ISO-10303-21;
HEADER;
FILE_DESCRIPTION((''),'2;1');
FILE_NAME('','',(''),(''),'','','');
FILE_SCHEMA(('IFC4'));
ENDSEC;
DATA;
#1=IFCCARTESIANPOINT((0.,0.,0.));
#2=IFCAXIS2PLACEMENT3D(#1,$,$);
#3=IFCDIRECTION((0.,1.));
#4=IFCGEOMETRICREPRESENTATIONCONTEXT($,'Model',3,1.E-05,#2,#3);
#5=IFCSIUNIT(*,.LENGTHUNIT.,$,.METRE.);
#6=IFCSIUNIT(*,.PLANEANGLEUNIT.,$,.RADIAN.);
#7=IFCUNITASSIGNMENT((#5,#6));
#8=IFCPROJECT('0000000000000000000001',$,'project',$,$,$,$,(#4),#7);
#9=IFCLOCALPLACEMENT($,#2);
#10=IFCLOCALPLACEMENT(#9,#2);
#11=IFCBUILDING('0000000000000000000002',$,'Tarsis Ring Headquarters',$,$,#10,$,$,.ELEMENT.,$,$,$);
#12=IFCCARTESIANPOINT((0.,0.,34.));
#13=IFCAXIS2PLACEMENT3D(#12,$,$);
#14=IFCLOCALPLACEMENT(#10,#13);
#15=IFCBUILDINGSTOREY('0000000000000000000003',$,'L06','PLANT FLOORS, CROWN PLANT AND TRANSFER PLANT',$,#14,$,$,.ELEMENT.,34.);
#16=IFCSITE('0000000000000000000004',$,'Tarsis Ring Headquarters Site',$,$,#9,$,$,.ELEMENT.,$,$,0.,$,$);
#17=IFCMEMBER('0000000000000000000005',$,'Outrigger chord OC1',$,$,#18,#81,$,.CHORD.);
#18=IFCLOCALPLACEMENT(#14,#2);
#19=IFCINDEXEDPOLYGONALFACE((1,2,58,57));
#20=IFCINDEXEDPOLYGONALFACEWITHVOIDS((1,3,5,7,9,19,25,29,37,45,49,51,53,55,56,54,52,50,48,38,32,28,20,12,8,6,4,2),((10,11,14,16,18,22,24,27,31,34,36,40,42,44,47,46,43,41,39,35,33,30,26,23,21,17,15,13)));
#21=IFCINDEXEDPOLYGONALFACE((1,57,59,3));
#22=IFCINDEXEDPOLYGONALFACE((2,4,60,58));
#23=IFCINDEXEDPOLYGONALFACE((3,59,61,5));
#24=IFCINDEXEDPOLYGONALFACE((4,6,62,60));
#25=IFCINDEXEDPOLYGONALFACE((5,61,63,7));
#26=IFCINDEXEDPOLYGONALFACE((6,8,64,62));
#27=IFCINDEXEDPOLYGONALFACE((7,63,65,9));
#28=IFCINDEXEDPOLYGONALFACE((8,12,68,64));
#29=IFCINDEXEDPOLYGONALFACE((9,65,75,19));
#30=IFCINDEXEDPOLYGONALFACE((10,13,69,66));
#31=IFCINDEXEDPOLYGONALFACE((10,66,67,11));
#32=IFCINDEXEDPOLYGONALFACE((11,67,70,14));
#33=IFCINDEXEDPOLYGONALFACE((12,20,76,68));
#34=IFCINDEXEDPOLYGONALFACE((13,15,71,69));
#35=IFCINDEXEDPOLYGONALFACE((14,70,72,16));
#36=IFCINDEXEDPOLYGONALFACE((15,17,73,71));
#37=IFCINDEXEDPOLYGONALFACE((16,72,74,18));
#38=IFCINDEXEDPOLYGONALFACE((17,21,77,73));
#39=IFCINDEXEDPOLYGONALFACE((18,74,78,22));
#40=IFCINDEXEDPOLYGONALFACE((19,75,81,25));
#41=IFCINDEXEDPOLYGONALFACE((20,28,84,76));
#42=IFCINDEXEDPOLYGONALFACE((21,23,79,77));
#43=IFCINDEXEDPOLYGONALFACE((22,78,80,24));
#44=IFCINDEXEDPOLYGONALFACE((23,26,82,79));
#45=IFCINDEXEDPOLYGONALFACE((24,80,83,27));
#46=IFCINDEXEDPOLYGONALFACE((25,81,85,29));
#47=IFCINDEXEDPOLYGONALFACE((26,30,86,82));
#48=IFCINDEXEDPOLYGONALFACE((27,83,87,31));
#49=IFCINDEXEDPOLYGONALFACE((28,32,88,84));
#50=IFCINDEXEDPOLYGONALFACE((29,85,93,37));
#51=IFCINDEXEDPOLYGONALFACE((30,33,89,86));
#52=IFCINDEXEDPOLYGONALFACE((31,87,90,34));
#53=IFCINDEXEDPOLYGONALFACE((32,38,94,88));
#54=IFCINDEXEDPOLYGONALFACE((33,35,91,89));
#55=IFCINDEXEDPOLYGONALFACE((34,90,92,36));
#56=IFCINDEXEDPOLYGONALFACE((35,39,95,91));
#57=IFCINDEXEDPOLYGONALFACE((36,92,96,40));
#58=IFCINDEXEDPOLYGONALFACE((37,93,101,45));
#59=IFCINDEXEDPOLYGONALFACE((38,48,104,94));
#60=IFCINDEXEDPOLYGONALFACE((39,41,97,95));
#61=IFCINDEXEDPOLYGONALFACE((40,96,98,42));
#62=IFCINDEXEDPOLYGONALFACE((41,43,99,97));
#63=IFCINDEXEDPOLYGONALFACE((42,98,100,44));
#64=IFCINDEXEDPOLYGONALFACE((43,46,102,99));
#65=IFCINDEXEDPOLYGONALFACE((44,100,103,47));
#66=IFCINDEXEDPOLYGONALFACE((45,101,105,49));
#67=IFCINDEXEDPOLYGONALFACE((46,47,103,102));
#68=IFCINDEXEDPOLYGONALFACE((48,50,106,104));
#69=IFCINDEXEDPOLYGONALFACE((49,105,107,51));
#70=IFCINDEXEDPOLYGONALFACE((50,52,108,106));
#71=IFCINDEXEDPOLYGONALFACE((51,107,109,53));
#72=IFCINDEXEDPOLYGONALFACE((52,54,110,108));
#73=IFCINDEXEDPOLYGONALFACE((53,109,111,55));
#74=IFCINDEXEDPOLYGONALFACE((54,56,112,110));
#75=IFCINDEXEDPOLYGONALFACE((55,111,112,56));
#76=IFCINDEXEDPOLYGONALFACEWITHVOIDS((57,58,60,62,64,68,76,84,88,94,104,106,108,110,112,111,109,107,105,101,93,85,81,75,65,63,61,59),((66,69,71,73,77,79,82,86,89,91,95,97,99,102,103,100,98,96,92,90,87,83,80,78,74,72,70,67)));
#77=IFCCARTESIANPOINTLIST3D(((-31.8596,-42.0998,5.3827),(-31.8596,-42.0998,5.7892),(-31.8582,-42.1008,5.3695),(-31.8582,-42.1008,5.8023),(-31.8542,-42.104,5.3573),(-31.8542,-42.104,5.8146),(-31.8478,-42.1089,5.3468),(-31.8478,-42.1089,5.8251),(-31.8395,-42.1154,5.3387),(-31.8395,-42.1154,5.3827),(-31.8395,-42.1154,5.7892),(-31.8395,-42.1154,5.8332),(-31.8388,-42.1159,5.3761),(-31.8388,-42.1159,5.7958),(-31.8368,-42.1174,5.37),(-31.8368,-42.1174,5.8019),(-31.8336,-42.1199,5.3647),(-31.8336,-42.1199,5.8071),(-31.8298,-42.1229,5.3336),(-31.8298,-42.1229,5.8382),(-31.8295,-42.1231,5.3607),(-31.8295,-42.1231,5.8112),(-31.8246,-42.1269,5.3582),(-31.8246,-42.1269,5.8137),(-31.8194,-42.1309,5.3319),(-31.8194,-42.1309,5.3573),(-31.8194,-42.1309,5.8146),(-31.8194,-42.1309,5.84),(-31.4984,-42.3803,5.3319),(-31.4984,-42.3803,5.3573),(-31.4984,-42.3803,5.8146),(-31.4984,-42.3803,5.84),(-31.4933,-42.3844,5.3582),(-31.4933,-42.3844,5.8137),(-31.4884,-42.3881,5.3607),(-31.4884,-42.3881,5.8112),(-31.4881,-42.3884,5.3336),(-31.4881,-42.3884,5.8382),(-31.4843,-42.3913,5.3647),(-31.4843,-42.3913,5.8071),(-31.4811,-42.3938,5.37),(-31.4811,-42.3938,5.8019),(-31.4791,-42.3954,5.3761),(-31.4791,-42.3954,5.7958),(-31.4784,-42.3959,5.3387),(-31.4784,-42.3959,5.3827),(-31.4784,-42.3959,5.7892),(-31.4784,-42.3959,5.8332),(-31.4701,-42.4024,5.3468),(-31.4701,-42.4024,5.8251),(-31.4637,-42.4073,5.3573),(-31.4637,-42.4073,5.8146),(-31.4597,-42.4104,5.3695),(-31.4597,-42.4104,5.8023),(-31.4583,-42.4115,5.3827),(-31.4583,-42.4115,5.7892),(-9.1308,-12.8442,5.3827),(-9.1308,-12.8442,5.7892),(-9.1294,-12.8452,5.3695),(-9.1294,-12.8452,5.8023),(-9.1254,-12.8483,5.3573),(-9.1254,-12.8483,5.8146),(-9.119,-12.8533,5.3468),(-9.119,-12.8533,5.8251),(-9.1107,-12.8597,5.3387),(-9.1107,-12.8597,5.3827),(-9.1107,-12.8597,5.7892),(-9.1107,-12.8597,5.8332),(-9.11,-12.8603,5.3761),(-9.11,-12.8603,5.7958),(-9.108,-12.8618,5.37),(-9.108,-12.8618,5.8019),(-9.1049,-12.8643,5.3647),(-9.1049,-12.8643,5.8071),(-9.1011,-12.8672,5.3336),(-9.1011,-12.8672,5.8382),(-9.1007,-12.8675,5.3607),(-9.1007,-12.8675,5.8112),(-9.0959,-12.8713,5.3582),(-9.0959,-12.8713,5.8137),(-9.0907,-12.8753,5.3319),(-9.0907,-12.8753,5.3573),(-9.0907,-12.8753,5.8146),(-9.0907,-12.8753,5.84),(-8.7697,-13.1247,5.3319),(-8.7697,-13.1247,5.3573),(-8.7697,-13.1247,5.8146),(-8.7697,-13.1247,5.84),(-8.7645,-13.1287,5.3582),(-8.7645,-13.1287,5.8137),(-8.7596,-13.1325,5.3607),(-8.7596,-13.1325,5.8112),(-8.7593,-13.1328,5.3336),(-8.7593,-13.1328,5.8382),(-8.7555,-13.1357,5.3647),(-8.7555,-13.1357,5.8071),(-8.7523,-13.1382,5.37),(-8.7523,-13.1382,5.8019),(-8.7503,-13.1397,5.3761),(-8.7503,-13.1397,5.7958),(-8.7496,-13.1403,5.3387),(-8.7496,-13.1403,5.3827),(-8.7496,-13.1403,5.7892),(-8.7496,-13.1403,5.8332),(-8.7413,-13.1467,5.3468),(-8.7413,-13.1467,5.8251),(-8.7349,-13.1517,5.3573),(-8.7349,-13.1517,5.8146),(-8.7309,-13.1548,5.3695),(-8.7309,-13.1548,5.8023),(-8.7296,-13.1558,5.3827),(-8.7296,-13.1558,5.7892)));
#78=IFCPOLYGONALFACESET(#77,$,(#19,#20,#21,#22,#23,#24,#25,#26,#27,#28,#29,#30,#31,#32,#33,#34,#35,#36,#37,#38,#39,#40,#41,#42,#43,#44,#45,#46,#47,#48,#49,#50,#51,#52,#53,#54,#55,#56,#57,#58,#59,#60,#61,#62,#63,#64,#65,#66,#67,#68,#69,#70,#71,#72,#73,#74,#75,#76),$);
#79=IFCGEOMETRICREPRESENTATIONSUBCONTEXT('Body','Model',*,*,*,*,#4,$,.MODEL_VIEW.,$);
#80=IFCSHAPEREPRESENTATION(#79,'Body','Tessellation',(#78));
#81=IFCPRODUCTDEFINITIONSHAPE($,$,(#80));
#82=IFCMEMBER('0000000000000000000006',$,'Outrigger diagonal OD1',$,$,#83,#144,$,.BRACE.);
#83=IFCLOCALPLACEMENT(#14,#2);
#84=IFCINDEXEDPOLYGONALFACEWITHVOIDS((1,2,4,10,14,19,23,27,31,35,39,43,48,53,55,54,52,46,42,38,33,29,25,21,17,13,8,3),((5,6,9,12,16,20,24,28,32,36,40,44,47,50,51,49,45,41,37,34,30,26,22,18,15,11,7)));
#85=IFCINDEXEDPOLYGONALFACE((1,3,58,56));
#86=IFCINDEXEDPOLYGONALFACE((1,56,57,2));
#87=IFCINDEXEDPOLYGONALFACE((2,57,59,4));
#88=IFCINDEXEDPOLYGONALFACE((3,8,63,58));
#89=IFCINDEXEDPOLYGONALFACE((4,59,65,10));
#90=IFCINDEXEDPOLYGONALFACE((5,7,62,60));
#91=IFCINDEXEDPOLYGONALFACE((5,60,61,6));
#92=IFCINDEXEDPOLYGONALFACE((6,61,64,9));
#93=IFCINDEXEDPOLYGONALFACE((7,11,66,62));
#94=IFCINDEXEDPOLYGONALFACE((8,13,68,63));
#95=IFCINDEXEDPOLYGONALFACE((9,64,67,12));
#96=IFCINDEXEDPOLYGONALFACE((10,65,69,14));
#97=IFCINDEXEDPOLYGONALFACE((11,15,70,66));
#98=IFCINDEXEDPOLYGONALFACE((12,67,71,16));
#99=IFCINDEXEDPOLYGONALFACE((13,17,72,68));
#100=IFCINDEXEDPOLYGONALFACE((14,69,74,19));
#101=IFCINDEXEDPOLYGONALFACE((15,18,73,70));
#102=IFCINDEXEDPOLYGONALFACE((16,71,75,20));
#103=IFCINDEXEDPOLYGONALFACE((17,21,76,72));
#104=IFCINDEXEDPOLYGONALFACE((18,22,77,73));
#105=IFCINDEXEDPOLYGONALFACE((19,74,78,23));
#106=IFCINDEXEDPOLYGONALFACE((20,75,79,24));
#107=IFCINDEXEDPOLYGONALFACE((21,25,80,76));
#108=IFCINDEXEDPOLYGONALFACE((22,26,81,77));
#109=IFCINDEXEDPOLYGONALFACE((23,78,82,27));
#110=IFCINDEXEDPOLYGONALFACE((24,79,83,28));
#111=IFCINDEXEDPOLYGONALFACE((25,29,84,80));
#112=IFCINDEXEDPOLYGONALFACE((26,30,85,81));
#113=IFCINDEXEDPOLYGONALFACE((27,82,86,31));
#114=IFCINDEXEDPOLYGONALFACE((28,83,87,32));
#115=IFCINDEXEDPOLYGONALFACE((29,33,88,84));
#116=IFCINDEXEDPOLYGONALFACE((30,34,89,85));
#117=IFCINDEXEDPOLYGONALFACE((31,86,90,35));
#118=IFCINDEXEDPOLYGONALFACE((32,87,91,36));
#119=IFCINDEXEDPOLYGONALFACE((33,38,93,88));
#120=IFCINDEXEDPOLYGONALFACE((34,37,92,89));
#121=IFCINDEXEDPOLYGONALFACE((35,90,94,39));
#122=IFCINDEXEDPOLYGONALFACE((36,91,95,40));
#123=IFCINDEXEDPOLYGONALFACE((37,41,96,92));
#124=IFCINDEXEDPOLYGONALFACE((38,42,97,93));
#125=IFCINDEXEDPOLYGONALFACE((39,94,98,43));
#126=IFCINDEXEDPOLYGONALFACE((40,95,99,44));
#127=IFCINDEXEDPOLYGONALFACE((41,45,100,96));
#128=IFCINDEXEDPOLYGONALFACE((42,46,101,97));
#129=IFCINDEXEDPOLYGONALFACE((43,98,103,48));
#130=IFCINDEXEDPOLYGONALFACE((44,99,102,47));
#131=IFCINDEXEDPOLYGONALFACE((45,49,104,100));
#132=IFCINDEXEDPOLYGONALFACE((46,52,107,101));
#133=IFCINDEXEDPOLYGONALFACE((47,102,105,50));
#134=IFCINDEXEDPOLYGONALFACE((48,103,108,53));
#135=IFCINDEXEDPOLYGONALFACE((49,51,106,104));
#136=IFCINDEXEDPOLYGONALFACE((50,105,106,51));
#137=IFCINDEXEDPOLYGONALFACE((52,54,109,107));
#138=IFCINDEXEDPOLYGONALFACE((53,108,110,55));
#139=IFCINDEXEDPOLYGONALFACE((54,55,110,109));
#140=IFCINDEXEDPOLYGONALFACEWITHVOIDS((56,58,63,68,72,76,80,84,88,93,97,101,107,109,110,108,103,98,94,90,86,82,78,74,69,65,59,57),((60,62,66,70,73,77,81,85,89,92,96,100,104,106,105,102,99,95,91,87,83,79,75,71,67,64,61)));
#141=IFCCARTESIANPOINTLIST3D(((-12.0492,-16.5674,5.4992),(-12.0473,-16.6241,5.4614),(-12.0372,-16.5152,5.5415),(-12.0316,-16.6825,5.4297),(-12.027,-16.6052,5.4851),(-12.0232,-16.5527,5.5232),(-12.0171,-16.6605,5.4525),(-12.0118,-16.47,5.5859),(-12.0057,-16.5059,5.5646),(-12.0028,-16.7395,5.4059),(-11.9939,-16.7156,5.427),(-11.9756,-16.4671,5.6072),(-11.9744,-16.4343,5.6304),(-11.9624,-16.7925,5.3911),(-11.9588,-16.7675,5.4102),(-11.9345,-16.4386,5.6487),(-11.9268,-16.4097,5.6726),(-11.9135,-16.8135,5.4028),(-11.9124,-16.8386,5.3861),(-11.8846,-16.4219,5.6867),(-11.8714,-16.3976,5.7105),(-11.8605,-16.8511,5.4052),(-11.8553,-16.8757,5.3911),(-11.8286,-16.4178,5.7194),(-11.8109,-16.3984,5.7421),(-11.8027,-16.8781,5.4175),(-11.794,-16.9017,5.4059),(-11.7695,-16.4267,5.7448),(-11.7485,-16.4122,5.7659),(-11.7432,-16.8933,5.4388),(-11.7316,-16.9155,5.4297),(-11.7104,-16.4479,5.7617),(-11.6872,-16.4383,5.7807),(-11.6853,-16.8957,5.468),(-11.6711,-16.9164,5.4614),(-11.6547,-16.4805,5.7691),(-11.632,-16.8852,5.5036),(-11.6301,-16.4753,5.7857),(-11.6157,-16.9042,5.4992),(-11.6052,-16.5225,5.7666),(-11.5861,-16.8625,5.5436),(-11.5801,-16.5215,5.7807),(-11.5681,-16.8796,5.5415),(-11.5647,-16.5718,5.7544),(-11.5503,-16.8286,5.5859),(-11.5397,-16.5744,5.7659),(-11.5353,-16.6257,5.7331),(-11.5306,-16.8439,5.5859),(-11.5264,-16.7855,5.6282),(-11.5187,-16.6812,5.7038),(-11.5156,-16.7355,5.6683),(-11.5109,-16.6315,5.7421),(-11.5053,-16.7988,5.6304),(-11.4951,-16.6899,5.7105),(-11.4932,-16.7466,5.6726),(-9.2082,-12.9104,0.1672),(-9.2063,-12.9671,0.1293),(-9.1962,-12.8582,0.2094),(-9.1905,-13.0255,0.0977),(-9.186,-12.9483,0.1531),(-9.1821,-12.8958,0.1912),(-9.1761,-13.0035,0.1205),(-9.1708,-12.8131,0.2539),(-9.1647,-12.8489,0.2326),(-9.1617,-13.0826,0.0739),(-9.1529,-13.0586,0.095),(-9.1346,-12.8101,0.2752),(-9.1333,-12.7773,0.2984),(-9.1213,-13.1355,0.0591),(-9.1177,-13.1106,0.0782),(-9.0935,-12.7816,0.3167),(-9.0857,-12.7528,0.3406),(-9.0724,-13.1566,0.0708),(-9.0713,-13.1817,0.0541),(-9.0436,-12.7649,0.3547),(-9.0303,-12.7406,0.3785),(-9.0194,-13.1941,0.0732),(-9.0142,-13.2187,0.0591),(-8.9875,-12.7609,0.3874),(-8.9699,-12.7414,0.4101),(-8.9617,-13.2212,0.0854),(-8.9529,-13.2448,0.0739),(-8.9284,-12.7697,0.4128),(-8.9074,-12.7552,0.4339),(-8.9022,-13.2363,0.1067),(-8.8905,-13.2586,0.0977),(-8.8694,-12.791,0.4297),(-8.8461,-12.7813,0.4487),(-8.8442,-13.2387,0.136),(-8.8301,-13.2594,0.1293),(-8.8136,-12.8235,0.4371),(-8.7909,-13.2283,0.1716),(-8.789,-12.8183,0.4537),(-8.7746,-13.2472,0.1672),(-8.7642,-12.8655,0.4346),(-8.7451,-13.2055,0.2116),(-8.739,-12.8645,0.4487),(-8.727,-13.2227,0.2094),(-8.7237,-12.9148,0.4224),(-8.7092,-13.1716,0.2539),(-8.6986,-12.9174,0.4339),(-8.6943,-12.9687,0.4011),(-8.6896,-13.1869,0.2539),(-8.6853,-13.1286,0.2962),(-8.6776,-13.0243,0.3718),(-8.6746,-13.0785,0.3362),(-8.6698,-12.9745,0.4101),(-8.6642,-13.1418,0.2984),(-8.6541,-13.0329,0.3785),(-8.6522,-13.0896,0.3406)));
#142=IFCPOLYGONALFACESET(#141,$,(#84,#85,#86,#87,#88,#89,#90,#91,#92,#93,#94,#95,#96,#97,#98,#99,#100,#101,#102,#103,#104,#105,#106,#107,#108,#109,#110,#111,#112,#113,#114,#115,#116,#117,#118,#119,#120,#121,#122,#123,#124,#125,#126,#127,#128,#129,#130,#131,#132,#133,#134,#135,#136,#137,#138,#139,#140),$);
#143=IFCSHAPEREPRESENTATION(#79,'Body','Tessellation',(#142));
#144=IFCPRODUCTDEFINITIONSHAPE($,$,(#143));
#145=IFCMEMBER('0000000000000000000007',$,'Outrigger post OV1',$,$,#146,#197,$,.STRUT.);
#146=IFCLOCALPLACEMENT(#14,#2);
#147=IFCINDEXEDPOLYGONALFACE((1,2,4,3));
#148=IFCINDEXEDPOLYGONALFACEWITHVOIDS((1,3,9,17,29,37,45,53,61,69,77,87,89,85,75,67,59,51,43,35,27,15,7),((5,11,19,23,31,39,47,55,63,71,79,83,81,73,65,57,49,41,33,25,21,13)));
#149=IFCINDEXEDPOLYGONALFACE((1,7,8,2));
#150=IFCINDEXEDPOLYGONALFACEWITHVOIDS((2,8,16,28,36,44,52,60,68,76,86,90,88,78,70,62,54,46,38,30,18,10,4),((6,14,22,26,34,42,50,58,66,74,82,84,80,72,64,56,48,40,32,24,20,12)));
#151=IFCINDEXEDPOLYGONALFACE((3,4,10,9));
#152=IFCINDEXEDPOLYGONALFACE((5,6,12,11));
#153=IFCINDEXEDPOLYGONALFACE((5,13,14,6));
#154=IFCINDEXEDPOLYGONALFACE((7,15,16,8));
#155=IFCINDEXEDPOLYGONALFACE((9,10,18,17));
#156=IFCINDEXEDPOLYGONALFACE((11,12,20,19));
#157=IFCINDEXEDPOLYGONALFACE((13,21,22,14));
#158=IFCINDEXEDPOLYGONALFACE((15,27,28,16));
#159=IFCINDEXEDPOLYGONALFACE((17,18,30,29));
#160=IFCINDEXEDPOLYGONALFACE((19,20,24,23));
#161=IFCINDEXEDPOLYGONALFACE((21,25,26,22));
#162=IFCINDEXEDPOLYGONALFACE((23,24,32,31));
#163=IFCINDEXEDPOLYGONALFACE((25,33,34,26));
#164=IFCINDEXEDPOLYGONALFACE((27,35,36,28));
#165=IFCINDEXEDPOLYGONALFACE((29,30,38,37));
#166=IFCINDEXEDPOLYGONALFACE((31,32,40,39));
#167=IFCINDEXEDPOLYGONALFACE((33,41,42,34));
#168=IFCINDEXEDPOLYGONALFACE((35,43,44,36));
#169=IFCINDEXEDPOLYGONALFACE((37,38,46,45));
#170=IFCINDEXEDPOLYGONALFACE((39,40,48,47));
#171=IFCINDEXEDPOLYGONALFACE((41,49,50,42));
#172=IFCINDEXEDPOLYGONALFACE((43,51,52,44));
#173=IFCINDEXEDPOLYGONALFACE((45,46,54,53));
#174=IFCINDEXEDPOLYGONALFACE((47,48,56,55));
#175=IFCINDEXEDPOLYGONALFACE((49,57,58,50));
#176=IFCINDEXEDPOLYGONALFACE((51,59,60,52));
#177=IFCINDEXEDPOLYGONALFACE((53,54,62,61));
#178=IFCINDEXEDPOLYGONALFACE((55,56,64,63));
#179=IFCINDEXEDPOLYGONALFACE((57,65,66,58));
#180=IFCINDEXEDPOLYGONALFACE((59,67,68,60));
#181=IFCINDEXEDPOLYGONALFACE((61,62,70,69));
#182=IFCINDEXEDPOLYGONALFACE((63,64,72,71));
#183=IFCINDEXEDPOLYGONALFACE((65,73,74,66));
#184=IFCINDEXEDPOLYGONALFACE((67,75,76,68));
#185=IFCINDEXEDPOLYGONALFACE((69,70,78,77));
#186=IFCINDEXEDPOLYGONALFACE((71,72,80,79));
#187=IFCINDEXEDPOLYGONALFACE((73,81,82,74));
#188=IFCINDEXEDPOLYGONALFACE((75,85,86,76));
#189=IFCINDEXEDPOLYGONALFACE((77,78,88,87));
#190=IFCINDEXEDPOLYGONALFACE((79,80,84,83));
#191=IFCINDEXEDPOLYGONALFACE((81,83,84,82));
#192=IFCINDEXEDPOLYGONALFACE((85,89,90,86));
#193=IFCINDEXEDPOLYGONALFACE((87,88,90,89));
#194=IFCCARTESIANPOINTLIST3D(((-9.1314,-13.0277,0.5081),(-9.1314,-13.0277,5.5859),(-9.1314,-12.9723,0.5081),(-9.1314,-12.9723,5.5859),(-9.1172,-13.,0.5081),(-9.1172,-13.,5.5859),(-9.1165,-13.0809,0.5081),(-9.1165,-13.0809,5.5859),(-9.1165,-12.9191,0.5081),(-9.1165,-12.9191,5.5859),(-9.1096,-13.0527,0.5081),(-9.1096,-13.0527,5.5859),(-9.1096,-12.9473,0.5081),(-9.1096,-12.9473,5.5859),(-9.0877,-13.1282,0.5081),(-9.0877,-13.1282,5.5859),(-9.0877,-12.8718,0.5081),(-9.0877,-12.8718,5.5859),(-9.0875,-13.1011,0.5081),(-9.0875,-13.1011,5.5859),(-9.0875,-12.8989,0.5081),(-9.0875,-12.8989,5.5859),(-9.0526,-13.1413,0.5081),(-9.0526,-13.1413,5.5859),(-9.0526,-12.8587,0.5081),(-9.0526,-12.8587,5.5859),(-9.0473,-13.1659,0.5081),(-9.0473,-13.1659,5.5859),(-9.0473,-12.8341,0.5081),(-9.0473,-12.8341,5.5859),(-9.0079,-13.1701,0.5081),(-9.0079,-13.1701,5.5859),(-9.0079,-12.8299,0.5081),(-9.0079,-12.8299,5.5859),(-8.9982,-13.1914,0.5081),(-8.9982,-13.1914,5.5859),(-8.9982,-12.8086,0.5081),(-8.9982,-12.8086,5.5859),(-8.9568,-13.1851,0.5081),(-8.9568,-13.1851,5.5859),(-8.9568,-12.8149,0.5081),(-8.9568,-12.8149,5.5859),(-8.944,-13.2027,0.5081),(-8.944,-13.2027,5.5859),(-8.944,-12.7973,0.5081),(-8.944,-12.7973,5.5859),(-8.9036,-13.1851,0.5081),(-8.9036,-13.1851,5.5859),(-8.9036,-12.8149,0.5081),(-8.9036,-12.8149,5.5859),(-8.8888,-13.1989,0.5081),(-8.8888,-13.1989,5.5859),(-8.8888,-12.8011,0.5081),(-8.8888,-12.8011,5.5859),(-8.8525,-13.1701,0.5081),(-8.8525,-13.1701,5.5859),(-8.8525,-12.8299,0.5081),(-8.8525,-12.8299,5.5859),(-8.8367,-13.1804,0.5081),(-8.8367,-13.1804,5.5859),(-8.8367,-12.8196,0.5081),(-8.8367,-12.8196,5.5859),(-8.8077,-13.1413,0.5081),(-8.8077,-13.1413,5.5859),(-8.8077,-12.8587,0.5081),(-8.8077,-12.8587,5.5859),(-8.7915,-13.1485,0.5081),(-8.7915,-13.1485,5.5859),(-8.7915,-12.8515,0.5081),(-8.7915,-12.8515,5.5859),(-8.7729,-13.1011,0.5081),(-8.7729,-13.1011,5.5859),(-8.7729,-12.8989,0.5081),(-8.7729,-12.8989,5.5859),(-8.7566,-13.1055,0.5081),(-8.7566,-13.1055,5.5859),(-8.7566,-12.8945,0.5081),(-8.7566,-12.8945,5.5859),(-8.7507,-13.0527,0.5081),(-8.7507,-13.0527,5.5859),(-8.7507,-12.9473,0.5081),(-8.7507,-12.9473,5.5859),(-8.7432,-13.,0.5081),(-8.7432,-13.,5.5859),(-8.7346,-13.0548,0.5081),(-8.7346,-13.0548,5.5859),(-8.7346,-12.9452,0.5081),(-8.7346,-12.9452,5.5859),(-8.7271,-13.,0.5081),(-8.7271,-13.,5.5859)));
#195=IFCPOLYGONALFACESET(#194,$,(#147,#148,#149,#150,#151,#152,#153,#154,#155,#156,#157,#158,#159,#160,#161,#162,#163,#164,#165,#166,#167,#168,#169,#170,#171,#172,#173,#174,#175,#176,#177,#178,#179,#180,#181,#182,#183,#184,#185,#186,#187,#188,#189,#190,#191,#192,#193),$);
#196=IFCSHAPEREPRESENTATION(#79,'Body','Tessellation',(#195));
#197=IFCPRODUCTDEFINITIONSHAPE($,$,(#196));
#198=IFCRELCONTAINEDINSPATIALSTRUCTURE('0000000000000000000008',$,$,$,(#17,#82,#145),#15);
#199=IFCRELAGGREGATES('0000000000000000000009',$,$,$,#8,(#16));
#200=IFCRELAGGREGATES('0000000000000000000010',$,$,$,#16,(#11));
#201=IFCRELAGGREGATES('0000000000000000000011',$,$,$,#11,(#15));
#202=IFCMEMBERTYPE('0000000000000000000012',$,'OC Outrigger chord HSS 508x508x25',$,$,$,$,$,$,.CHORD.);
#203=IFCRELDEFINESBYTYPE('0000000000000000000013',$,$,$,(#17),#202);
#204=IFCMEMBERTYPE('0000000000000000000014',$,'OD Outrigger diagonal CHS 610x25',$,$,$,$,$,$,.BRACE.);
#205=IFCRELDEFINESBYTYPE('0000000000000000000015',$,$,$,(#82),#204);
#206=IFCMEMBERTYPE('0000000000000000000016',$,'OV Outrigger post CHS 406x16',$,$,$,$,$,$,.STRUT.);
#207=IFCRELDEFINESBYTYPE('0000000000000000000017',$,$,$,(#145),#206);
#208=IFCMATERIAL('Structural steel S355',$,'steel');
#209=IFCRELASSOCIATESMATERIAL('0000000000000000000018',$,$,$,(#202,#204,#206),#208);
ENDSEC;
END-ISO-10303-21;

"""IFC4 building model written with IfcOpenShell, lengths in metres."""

from ifc_helpers import new_model, si_unit, direction, frame, origin, origin_2d, place, context, subcontext, project, spatial, hollow_rectangle, hollow_circle, extrude, material, material_profile, profile_set, type_object, element, save


model = new_model("IFC4")

# Units and contexts
model_context = context("Model", 3, precision=1e-05, world=origin(), true_north=direction((0.0, 1.0)))
body_context = subcontext(model_context, "Body", "Model", "MODEL_VIEW")
ifc_project = project(units=[si_unit("LENGTHUNIT", "METRE"), si_unit("PLANEANGLEUNIT", "RADIAN")], contexts=[model_context])

# Site, building, storey
site_placement = place(None, origin())
site = spatial("IfcSite", under=ifc_project, at=site_placement, Name="Tarsis Ring Headquarters Site", CompositionType="ELEMENT", RefElevation=0.0)
building_placement = place(site_placement, origin())
building = spatial("IfcBuilding", under=site, at=building_placement, Name="Tarsis Ring Headquarters", CompositionType="ELEMENT")
storey_placement = place(building_placement, frame((0.0, 0.0, 34.0)))
storey = spatial("IfcBuildingStorey", under=building, at=storey_placement, Name="L06", Description="PLANT FLOORS, CROWN PLANT AND TRANSFER PLANT", CompositionType="ELEMENT", Elevation=34.0)

# Shared definitions
ifc_material_1 = material(Name="Structural steel S355", Category="steel")

# Members
ifc_material_profile_1 = material_profile(ifc_material_1, hollow_rectangle(XDim=0.5081, YDim=0.5081, WallThickness=0.0254, InnerFilletRadius=0.0254, OuterFilletRadius=0.0508, at=origin_2d()), Name="HSS 508x508x25")
ifc_profile_set_1 = profile_set([ifc_material_profile_1], Name="Structural steel S355")
member_type_1 = type_object("IfcMemberType", Name="OC Outrigger chord HSS 508x508x25", PredefinedType="CHORD", material=ifc_profile_set_1)
member_1_placement = place(storey_placement, frame((-8.9302, -13.0, 5.5859), z_axis=(-0.61351, -0.789687, 0.0), x_axis=(0.789687, -0.61351, 0.0)))
element("IfcMember", 1, at=member_1_placement, inside=storey, type_object=member_type_1, Name="Outrigger chord OC1", PredefinedType="CHORD", context=body_context, shape_type="SweptSolid", body=[
    extrude(hollow_rectangle(XDim=0.5081, YDim=0.5081, WallThickness=0.0254, InnerFilletRadius=0.0254, OuterFilletRadius=0.0508, at=origin_2d()), origin(), (0.0, 0.0, 1.0), 37.0471),
])
ifc_material_profile_2 = material_profile(ifc_material_1, hollow_circle(Radius=0.3047, WallThickness=0.0249, at=origin_2d()), Name="CHS 610x25")
ifc_profile_set_2 = profile_set([ifc_material_profile_2], Name="Structural steel S355")
member_type_2 = type_object("IfcMemberType", Name="OD Outrigger diagonal CHS 610x25", PredefinedType="BRACE", material=ifc_profile_set_2)
member_2_placement = place(storey_placement, frame((-8.9302, -13.0, 0.2539), z_axis=(-0.402287, -0.517819, 0.755002), x_axis=(0.789693, -0.613503, 0.0)))
element("IfcMember", 2, at=member_2_placement, inside=storey, type_object=member_type_2, Name="Outrigger diagonal OD1", PredefinedType="BRACE", context=body_context, shape_type="SweptSolid", body=[
    extrude(hollow_circle(Radius=0.3047, WallThickness=0.0249, at=origin_2d()), origin(), (0.0, 0.0, 1.0), 7.0623),
])
ifc_material_profile_3 = material_profile(ifc_material_1, hollow_circle(Radius=0.2031, WallThickness=0.0161, at=origin_2d()), Name="CHS 406x16")
ifc_profile_set_3 = profile_set([ifc_material_profile_3], Name="Structural steel S355")
member_type_3 = type_object("IfcMemberType", Name="OV Outrigger post CHS 406x16", PredefinedType="STRUT", material=ifc_profile_set_3)
member_3_placement = place(storey_placement, frame((-8.9302, -13.0, 0.5081), z_axis=(0.0, 0.0, 1.0), x_axis=(1.0, 0.0, 0.0)))
element("IfcMember", 3, at=member_3_placement, inside=storey, type_object=member_type_3, Name="Outrigger post OV1", PredefinedType="STRUT", context=body_context, shape_type="SweptSolid", body=[
    extrude(hollow_circle(Radius=0.2031, WallThickness=0.0161, at=origin_2d()), origin(), (0.0, 0.0, 1.0), 5.0779),
])

save(model, "model.ifc")
